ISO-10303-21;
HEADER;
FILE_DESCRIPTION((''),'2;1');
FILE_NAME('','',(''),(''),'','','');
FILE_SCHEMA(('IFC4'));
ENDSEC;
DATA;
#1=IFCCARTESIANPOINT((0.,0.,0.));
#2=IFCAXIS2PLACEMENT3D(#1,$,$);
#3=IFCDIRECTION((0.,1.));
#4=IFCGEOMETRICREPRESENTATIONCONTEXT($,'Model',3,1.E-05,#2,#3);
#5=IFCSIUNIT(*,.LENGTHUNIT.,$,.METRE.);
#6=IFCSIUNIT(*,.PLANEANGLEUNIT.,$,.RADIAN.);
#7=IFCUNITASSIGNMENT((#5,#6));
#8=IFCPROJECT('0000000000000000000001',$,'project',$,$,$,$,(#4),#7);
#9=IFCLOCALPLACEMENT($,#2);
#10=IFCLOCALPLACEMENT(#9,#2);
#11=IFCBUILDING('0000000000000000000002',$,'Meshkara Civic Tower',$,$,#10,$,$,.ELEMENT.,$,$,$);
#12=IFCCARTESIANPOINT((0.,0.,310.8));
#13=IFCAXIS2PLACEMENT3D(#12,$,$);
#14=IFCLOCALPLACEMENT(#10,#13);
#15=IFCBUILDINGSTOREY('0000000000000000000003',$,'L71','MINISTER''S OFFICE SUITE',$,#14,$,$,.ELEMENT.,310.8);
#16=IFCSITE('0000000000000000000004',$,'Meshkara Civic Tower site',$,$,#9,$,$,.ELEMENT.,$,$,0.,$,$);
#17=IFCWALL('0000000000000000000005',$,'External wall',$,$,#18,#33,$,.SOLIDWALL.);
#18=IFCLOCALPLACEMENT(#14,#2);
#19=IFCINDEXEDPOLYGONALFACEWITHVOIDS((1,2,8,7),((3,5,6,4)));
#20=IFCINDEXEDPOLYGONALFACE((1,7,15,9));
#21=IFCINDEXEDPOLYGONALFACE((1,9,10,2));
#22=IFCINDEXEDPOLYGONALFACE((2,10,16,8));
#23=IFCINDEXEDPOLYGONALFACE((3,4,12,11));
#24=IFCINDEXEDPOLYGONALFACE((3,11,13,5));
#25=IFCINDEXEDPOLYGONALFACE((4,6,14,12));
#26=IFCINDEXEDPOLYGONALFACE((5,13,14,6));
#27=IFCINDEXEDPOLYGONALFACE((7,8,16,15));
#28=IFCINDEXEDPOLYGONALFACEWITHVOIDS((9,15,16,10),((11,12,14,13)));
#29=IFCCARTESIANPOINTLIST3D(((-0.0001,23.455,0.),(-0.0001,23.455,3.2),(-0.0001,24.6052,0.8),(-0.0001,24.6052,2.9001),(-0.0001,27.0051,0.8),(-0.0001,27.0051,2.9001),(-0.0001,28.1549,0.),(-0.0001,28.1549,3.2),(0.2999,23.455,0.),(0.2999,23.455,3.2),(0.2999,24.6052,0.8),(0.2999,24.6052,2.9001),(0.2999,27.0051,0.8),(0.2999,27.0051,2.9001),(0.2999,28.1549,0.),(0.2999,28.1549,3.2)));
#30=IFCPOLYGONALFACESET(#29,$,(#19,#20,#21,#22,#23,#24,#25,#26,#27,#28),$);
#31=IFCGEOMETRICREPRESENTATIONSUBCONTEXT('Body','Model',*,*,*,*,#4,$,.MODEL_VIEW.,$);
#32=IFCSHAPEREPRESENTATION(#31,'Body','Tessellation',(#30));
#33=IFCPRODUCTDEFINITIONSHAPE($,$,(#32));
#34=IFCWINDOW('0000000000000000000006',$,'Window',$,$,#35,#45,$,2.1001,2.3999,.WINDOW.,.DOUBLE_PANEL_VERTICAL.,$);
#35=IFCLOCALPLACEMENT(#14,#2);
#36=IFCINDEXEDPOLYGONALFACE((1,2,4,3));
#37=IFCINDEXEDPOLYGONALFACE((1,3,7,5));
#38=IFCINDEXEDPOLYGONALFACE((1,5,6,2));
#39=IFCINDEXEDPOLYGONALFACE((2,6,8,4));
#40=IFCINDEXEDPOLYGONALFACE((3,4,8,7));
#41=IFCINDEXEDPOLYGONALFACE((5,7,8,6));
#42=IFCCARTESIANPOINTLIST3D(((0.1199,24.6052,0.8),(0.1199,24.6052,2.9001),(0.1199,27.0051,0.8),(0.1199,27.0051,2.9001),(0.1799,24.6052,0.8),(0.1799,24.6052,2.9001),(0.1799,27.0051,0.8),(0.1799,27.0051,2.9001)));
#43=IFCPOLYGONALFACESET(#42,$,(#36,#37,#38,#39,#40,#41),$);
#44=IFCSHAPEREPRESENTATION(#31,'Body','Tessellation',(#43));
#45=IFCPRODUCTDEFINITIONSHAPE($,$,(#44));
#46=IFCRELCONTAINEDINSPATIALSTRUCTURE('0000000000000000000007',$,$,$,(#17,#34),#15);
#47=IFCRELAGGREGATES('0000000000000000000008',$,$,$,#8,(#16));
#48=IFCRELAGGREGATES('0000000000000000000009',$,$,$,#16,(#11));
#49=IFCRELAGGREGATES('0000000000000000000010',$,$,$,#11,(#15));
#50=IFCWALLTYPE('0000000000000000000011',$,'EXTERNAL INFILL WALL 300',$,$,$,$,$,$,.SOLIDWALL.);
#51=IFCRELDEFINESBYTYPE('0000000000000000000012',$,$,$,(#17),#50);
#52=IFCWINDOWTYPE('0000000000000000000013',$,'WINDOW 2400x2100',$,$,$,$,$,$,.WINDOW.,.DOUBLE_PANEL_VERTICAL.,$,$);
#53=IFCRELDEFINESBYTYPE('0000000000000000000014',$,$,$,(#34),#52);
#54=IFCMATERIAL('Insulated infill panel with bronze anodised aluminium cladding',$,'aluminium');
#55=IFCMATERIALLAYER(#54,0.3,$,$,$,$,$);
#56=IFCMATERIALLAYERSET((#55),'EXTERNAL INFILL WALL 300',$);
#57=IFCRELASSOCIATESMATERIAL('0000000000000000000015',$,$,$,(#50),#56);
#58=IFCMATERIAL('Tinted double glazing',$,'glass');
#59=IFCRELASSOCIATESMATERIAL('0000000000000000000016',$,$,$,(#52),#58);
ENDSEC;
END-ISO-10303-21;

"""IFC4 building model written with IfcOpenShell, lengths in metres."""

from ifc_helpers import new_model, si_unit, direction, frame, frame_2d, origin, place, context, subcontext, project, spatial, rectangle, extrude, material, layer, layer_set, type_object, element, fill, save


model = new_model("IFC4")

# Units and contexts
model_context = context("Model", 3, precision=1e-05, world=origin(), true_north=direction((0.0, 1.0)))
body_context = subcontext(model_context, "Body", "Model", "MODEL_VIEW")
ifc_project = project(units=[si_unit("LENGTHUNIT", "METRE"), si_unit("PLANEANGLEUNIT", "RADIAN")], contexts=[model_context])

# Site, building, storey
site_placement = place(None, origin())
site = spatial("IfcSite", under=ifc_project, at=site_placement, Name="Meshkara Civic Tower site", CompositionType="ELEMENT", RefElevation=0.0)
building_placement = place(site_placement, origin())
building = spatial("IfcBuilding", under=site, at=building_placement, Name="Meshkara Civic Tower", CompositionType="ELEMENT")
storey_placement = place(building_placement, frame((0.0, 0.0, 310.8)))
storey = spatial("IfcBuildingStorey", under=building, at=storey_placement, Name="L71", Description="MINISTER'S OFFICE SUITE", CompositionType="ELEMENT", Elevation=310.8)

# Wall, opening, window
ifc_material_1 = material(Name="Insulated infill panel with bronze anodised aluminium cladding", Category="aluminium")
ifc_layer_1 = layer(ifc_material_1, 0.3)
ifc_layer_set_1 = layer_set([ifc_layer_1], Name="EXTERNAL INFILL WALL 300")
wall_type_1 = type_object("IfcWallType", Name="EXTERNAL INFILL WALL 300", PredefinedType="SOLIDWALL", material=ifc_layer_set_1)
ifc_material_2 = material(Name="Tinted double glazing", Category="glass")
window_type = type_object("IfcWindowType", Name="WINDOW 2400x2100", PartitioningType="DOUBLE_PANEL_VERTICAL", PredefinedType="WINDOW", material=ifc_material_2)
wall_1_placement = place(storey_placement, frame((0.1499, 28.155, 0.0), z_axis=(0.0, 0.0, 1.0), x_axis=(0.0, -1.0, 0.0)))
wall_1 = element("IfcWall", 1, at=wall_1_placement, inside=storey, type_object=wall_type_1, Name="External wall", PredefinedType="SOLIDWALL", context=body_context, shape_type="SweptSolid", body=[
    extrude(rectangle(XDim=4.7, YDim=0.3, at=frame_2d((2.3501, 0.0))), origin(), (0.0, 0.0, 1.0), 3.2),
])
opening_1_placement = place(wall_1_placement, frame((1.1499, 0.0, 0.8)))
opening_1 = element("IfcOpeningElement", 2, at=opening_1_placement, cuts=wall_1, PredefinedType="OPENING", context=body_context, shape_type="SweptSolid", body=[
    extrude(rectangle(XDim=2.3999, YDim=2.1001, at=frame_2d((1.2, 1.05))), frame((0.0, 0.1599, 0.0), z_axis=(0.0, -1.0, 0.0), x_axis=(1.0, 0.0, 0.0)), (0.0, 0.0, 1.0), 0.3201),
])
window_1_placement = place(opening_1_placement, origin())
window_1 = element("IfcWindow", 3, at=window_1_placement, inside=storey, type_object=window_type, Name="Window", OverallHeight=2.1001, OverallWidth=2.3999, PartitioningType="DOUBLE_PANEL_VERTICAL", PredefinedType="WINDOW", context=body_context, shape_type="SweptSolid", body=[
    extrude(rectangle(XDim=2.3999, YDim=2.1001, at=frame_2d((1.2, 1.05))), frame((0.0, 0.03, 0.0), z_axis=(0.0, -1.0, 0.0), x_axis=(1.0, 0.0, 0.0)), (0.0, 0.0, 1.0), 0.0601),
])
fill(opening_1, window_1)

save(model, "model.ifc")
